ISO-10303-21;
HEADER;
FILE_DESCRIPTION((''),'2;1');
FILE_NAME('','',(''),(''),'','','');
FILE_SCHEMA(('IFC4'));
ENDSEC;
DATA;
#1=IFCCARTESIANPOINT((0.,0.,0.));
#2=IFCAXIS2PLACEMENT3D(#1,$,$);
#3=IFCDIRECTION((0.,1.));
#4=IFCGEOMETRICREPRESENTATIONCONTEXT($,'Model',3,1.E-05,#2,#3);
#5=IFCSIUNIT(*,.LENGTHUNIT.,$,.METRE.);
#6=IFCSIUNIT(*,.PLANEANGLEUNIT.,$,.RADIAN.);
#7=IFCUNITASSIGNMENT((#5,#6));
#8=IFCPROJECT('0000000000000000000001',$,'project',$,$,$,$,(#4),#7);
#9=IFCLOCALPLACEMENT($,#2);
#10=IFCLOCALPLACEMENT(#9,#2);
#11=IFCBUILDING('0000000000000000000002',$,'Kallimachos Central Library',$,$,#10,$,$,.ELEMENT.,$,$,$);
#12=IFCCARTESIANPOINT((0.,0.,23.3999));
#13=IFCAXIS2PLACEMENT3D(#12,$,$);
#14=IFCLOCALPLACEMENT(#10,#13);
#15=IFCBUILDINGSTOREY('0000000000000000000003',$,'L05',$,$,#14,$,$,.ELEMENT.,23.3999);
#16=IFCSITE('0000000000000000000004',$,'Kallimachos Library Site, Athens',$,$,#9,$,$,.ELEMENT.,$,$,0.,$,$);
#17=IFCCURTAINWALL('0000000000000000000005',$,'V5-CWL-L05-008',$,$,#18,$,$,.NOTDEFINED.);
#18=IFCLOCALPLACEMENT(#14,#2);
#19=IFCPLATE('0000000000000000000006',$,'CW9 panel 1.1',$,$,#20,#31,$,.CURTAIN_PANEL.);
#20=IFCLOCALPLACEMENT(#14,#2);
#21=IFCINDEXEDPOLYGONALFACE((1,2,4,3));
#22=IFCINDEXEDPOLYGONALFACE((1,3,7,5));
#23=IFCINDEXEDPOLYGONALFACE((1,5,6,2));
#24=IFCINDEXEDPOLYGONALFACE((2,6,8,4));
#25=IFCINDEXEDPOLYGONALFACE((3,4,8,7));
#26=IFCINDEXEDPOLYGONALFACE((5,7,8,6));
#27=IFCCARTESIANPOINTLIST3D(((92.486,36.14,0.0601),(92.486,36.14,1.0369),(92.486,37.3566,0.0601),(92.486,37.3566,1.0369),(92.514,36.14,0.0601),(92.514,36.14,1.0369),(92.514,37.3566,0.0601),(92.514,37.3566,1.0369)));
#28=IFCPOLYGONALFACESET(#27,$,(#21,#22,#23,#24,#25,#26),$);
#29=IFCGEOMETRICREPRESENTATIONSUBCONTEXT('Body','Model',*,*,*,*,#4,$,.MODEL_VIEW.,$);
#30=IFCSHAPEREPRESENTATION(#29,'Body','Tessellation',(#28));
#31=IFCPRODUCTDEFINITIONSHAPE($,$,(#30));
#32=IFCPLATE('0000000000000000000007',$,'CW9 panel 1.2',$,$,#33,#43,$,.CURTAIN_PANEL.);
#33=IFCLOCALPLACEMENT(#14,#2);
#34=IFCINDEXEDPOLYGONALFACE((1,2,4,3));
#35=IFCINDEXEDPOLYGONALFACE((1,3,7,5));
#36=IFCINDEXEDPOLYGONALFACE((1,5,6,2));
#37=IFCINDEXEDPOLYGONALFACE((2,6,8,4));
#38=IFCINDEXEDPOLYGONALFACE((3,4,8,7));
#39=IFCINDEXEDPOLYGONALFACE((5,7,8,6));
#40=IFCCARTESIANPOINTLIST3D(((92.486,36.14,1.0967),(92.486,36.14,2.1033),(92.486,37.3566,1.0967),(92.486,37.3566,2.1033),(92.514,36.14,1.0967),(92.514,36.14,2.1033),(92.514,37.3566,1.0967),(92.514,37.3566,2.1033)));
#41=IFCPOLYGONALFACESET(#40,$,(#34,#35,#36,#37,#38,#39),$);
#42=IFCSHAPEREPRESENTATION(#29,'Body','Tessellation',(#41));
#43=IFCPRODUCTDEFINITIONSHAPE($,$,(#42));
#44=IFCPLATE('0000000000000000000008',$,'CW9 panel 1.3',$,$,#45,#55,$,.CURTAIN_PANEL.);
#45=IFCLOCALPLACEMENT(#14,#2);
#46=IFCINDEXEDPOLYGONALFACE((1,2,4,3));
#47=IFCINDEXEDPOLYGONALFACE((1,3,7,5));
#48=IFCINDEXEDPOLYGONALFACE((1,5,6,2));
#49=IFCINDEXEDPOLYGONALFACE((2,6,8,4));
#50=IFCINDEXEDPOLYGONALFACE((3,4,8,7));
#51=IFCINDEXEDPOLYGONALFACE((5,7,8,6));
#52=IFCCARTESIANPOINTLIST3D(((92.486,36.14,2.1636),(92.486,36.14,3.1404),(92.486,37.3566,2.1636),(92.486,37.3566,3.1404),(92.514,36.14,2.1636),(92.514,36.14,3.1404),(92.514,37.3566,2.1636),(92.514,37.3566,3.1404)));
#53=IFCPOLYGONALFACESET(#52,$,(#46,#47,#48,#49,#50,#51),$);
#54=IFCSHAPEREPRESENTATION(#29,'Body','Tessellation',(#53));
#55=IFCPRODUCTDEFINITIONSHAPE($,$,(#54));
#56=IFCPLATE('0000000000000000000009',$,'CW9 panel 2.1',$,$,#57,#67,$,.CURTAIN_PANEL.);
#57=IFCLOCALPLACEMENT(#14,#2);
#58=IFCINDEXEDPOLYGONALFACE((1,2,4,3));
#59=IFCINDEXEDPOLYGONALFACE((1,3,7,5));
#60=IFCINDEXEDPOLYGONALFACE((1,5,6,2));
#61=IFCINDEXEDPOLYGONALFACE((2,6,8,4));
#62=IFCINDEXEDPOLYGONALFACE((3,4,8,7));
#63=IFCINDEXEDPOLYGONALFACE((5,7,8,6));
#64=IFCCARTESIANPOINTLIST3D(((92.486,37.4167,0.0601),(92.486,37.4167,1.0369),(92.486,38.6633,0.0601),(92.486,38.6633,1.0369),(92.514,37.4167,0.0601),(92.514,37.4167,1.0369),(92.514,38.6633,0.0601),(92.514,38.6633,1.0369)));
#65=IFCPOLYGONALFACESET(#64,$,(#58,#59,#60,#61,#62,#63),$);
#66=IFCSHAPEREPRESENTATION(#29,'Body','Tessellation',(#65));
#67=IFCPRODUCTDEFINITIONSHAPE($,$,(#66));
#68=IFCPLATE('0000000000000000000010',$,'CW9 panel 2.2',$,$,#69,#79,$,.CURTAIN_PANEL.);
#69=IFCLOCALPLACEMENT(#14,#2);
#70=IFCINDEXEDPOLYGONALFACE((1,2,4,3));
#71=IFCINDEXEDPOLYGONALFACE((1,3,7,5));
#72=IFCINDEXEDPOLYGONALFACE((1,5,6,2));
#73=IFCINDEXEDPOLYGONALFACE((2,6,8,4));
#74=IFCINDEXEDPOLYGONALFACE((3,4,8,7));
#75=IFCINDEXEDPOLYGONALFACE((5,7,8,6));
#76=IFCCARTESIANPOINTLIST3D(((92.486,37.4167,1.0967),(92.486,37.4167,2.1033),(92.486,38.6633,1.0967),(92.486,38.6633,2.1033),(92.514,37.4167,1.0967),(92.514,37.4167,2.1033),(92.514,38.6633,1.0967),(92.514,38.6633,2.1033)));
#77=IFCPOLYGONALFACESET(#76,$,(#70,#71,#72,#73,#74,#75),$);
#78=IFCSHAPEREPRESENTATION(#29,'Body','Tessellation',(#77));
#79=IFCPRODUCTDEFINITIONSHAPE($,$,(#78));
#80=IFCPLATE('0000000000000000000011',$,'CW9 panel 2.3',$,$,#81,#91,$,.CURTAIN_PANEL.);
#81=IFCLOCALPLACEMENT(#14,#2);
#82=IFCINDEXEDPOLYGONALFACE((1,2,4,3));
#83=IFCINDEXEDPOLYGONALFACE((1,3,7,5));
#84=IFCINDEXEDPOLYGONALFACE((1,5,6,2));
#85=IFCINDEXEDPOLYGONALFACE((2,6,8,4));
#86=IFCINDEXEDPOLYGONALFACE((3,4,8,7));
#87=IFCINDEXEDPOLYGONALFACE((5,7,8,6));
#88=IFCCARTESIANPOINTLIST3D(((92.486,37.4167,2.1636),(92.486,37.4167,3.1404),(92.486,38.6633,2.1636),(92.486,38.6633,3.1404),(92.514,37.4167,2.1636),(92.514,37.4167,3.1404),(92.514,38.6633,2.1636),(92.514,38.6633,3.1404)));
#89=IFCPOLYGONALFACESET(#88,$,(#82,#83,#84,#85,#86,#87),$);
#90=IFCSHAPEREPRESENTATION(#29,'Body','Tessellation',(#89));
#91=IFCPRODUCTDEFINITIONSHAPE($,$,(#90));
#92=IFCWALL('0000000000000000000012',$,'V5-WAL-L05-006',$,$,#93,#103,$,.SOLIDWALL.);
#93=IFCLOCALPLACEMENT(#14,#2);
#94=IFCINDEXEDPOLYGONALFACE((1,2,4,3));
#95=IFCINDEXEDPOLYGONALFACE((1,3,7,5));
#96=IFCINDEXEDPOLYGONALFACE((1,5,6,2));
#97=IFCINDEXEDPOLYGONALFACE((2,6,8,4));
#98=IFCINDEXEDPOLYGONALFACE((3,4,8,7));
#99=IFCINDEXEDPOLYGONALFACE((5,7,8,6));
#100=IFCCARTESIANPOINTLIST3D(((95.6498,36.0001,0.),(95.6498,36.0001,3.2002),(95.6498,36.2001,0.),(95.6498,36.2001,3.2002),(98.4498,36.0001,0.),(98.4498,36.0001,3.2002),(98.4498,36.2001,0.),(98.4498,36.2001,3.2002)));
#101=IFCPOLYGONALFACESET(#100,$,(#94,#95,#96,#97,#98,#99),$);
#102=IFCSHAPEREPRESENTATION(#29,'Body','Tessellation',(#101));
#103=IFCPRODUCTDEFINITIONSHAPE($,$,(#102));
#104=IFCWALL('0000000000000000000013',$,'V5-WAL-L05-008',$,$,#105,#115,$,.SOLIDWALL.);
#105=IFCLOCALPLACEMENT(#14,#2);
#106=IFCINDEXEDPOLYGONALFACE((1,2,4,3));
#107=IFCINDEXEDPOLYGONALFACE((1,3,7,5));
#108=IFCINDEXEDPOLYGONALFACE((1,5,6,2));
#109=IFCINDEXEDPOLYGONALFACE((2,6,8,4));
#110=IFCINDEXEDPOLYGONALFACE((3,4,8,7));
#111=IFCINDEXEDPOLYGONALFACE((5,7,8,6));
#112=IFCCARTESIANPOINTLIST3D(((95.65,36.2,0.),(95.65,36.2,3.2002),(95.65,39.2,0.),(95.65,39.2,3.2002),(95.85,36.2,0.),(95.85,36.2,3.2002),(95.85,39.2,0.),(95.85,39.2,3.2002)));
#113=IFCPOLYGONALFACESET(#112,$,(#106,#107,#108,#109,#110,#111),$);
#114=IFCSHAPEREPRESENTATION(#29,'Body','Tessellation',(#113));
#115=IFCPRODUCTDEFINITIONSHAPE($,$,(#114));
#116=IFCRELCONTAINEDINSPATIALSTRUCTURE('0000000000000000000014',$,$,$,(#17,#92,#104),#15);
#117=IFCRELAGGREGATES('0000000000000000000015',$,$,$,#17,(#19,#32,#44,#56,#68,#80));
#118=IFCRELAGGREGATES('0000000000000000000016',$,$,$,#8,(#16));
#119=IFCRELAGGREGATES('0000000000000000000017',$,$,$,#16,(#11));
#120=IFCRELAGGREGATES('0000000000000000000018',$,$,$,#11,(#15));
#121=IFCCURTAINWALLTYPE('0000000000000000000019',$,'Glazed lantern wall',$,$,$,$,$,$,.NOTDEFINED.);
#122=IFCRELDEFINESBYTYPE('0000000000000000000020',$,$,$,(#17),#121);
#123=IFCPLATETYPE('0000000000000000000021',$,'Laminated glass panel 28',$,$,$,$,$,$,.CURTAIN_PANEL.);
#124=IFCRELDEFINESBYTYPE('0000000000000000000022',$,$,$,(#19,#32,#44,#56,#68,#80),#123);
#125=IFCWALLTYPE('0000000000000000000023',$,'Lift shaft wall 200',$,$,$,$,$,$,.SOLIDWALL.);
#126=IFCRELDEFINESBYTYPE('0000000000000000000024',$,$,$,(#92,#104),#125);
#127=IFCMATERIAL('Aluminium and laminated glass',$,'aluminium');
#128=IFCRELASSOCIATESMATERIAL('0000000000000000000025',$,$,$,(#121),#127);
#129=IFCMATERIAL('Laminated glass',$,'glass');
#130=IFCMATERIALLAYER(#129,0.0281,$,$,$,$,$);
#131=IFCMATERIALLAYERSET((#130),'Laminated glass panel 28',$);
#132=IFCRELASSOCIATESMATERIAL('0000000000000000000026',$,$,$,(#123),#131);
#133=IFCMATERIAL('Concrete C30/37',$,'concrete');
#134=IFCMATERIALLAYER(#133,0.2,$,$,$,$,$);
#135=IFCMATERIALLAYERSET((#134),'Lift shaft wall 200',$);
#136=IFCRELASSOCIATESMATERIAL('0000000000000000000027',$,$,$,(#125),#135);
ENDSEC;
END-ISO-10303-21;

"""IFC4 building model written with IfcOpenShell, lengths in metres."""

from ifc_helpers import new_model, si_unit, direction, frame, frame_2d, origin, origin_2d, place, context, subcontext, project, spatial, rectangle, extrude, material, layer, layer_set, type_object, element, aggregate, save


model = new_model("IFC4")

# Units and contexts
model_context = context("Model", 3, precision=1e-05, world=origin(), true_north=direction((0.0, 1.0)))
body_context = subcontext(model_context, "Body", "Model", "MODEL_VIEW")
ifc_project = project(units=[si_unit("LENGTHUNIT", "METRE"), si_unit("PLANEANGLEUNIT", "RADIAN")], contexts=[model_context])

# Site, building, storey
site_placement = place(None, origin())
site = spatial("IfcSite", under=ifc_project, at=site_placement, Name="Kallimachos Library Site, Athens", CompositionType="ELEMENT", RefElevation=0.0)
building_placement = place(site_placement, origin())
building = spatial("IfcBuilding", under=site, at=building_placement, Name="Kallimachos Central Library", CompositionType="ELEMENT")
storey_placement = place(building_placement, frame((0.0, 0.0, 23.3999)))
storey = spatial("IfcBuildingStorey", under=building, at=storey_placement, Name="L05", CompositionType="ELEMENT", Elevation=23.3999)

# Shared definitions
ifc_material_1 = material(Name="Aluminium and laminated glass", Category="aluminium")
curtain_wall_type = type_object("IfcCurtainWallType", Name="Glazed lantern wall", PredefinedType="NOTDEFINED", material=ifc_material_1)

# Curtain wall
curtain_wall_1_placement = place(storey_placement, origin())
curtain_wall_1 = element("IfcCurtainWall", 1, at=curtain_wall_1_placement, inside=storey, type_object=curtain_wall_type, Name="V5-CWL-L05-008", PredefinedType="NOTDEFINED")

# Plates
ifc_material_2 = material(Name="Laminated glass", Category="glass")
ifc_layer_1 = layer(ifc_material_2, 0.0281)
ifc_layer_set_1 = layer_set([ifc_layer_1], Name="Laminated glass panel 28")
plate_type = type_object("IfcPlateType", Name="Laminated glass panel 28", PredefinedType="CURTAIN_PANEL", material=ifc_layer_set_1)
plate_1_placement = place(storey_placement, frame((92.5, 36.7483, 0.0601), z_axis=(0.0, 0.0, 1.0), x_axis=(0.0, 1.0, 0.0)))
plate_1 = element("IfcPlate", 2, at=plate_1_placement, type_object=plate_type, Name="CW9 panel 1.1", PredefinedType="CURTAIN_PANEL", context=body_context, shape_type="SweptSolid", body=[
    extrude(rectangle(XDim=1.2166, YDim=0.0281, at=origin_2d()), origin(), (0.0, 0.0, 1.0), 0.9768),
])
plate_2_placement = place(storey_placement, frame((92.5, 36.7483, 1.0967), z_axis=(0.0, 0.0, 1.0), x_axis=(0.0, 1.0, 0.0)))
plate_2 = element("IfcPlate", 3, at=plate_2_placement, type_object=plate_type, Name="CW9 panel 1.2", PredefinedType="CURTAIN_PANEL", context=body_context, shape_type="SweptSolid", body=[
    extrude(rectangle(XDim=1.2166, YDim=0.0281, at=origin_2d()), origin(), (0.0, 0.0, 1.0), 1.0066),
])
plate_3_placement = place(storey_placement, frame((92.5, 36.7483, 2.1636), z_axis=(0.0, 0.0, 1.0), x_axis=(0.0, 1.0, 0.0)))
plate_3 = element("IfcPlate", 4, at=plate_3_placement, type_object=plate_type, Name="CW9 panel 1.3", PredefinedType="CURTAIN_PANEL", context=body_context, shape_type="SweptSolid", body=[
    extrude(rectangle(XDim=1.2166, YDim=0.0281, at=origin_2d()), origin(), (0.0, 0.0, 1.0), 0.9768),
])
plate_4_placement = place(storey_placement, frame((92.5, 38.04, 0.0601), z_axis=(0.0, 0.0, 1.0), x_axis=(0.0, 1.0, 0.0)))
plate_4 = element("IfcPlate", 5, at=plate_4_placement, type_object=plate_type, Name="CW9 panel 2.1", PredefinedType="CURTAIN_PANEL", context=body_context, shape_type="SweptSolid", body=[
    extrude(rectangle(XDim=1.2466, YDim=0.0281, at=origin_2d()), origin(), (0.0, 0.0, 1.0), 0.9768),
])
plate_5_placement = place(storey_placement, frame((92.5, 38.04, 1.0967), z_axis=(0.0, 0.0, 1.0), x_axis=(0.0, 1.0, 0.0)))
plate_5 = element("IfcPlate", 6, at=plate_5_placement, type_object=plate_type, Name="CW9 panel 2.2", PredefinedType="CURTAIN_PANEL", context=body_context, shape_type="SweptSolid", body=[
    extrude(rectangle(XDim=1.2466, YDim=0.0281, at=origin_2d()), origin(), (0.0, 0.0, 1.0), 1.0066),
])
plate_6_placement = place(storey_placement, frame((92.5, 38.04, 2.1636), z_axis=(0.0, 0.0, 1.0), x_axis=(0.0, 1.0, 0.0)))
plate_6 = element("IfcPlate", 7, at=plate_6_placement, type_object=plate_type, Name="CW9 panel 2.3", PredefinedType="CURTAIN_PANEL", context=body_context, shape_type="SweptSolid", body=[
    extrude(rectangle(XDim=1.2466, YDim=0.0281, at=origin_2d()), origin(), (0.0, 0.0, 1.0), 0.9768),
])
aggregate(curtain_wall_1, [plate_1, plate_2, plate_3, plate_4, plate_5, plate_6])

# Walls
ifc_material_3 = material(Name="Concrete C30/37", Category="concrete")
ifc_layer_2 = layer(ifc_material_3, 0.2)
ifc_layer_set_2 = layer_set([ifc_layer_2], Name="Lift shaft wall 200")
wall_type = type_object("IfcWallType", Name="Lift shaft wall 200", PredefinedType="SOLIDWALL", material=ifc_layer_set_2)
wall_1_placement = place(storey_placement, frame((95.6499, 36.1001, 0.0), z_axis=(0.0, 0.0, 1.0), x_axis=(1.0, 0.0, 0.0)))
element("IfcWall", 8, at=wall_1_placement, inside=storey, type_object=wall_type, Name="V5-WAL-L05-006", PredefinedType="SOLIDWALL", context=body_context, shape_type="SweptSolid", body=[
    extrude(rectangle(XDim=2.8, YDim=0.2, at=frame_2d((1.3999, 0.0))), origin(), (0.0, 0.0, 1.0), 3.2002),
])
wall_2_placement = place(storey_placement, frame((95.75, 36.2, 0.0), z_axis=(0.0, 0.0, 1.0), x_axis=(0.0, 1.0, 0.0)))
element("IfcWall", 9, at=wall_2_placement, inside=storey, type_object=wall_type, Name="V5-WAL-L05-008", PredefinedType="SOLIDWALL", context=body_context, shape_type="SweptSolid", body=[
    extrude(rectangle(XDim=3.0, YDim=0.2, at=frame_2d((1.5, 0.0))), origin(), (0.0, 0.0, 1.0), 3.2002),
])

save(model, "model.ifc")
